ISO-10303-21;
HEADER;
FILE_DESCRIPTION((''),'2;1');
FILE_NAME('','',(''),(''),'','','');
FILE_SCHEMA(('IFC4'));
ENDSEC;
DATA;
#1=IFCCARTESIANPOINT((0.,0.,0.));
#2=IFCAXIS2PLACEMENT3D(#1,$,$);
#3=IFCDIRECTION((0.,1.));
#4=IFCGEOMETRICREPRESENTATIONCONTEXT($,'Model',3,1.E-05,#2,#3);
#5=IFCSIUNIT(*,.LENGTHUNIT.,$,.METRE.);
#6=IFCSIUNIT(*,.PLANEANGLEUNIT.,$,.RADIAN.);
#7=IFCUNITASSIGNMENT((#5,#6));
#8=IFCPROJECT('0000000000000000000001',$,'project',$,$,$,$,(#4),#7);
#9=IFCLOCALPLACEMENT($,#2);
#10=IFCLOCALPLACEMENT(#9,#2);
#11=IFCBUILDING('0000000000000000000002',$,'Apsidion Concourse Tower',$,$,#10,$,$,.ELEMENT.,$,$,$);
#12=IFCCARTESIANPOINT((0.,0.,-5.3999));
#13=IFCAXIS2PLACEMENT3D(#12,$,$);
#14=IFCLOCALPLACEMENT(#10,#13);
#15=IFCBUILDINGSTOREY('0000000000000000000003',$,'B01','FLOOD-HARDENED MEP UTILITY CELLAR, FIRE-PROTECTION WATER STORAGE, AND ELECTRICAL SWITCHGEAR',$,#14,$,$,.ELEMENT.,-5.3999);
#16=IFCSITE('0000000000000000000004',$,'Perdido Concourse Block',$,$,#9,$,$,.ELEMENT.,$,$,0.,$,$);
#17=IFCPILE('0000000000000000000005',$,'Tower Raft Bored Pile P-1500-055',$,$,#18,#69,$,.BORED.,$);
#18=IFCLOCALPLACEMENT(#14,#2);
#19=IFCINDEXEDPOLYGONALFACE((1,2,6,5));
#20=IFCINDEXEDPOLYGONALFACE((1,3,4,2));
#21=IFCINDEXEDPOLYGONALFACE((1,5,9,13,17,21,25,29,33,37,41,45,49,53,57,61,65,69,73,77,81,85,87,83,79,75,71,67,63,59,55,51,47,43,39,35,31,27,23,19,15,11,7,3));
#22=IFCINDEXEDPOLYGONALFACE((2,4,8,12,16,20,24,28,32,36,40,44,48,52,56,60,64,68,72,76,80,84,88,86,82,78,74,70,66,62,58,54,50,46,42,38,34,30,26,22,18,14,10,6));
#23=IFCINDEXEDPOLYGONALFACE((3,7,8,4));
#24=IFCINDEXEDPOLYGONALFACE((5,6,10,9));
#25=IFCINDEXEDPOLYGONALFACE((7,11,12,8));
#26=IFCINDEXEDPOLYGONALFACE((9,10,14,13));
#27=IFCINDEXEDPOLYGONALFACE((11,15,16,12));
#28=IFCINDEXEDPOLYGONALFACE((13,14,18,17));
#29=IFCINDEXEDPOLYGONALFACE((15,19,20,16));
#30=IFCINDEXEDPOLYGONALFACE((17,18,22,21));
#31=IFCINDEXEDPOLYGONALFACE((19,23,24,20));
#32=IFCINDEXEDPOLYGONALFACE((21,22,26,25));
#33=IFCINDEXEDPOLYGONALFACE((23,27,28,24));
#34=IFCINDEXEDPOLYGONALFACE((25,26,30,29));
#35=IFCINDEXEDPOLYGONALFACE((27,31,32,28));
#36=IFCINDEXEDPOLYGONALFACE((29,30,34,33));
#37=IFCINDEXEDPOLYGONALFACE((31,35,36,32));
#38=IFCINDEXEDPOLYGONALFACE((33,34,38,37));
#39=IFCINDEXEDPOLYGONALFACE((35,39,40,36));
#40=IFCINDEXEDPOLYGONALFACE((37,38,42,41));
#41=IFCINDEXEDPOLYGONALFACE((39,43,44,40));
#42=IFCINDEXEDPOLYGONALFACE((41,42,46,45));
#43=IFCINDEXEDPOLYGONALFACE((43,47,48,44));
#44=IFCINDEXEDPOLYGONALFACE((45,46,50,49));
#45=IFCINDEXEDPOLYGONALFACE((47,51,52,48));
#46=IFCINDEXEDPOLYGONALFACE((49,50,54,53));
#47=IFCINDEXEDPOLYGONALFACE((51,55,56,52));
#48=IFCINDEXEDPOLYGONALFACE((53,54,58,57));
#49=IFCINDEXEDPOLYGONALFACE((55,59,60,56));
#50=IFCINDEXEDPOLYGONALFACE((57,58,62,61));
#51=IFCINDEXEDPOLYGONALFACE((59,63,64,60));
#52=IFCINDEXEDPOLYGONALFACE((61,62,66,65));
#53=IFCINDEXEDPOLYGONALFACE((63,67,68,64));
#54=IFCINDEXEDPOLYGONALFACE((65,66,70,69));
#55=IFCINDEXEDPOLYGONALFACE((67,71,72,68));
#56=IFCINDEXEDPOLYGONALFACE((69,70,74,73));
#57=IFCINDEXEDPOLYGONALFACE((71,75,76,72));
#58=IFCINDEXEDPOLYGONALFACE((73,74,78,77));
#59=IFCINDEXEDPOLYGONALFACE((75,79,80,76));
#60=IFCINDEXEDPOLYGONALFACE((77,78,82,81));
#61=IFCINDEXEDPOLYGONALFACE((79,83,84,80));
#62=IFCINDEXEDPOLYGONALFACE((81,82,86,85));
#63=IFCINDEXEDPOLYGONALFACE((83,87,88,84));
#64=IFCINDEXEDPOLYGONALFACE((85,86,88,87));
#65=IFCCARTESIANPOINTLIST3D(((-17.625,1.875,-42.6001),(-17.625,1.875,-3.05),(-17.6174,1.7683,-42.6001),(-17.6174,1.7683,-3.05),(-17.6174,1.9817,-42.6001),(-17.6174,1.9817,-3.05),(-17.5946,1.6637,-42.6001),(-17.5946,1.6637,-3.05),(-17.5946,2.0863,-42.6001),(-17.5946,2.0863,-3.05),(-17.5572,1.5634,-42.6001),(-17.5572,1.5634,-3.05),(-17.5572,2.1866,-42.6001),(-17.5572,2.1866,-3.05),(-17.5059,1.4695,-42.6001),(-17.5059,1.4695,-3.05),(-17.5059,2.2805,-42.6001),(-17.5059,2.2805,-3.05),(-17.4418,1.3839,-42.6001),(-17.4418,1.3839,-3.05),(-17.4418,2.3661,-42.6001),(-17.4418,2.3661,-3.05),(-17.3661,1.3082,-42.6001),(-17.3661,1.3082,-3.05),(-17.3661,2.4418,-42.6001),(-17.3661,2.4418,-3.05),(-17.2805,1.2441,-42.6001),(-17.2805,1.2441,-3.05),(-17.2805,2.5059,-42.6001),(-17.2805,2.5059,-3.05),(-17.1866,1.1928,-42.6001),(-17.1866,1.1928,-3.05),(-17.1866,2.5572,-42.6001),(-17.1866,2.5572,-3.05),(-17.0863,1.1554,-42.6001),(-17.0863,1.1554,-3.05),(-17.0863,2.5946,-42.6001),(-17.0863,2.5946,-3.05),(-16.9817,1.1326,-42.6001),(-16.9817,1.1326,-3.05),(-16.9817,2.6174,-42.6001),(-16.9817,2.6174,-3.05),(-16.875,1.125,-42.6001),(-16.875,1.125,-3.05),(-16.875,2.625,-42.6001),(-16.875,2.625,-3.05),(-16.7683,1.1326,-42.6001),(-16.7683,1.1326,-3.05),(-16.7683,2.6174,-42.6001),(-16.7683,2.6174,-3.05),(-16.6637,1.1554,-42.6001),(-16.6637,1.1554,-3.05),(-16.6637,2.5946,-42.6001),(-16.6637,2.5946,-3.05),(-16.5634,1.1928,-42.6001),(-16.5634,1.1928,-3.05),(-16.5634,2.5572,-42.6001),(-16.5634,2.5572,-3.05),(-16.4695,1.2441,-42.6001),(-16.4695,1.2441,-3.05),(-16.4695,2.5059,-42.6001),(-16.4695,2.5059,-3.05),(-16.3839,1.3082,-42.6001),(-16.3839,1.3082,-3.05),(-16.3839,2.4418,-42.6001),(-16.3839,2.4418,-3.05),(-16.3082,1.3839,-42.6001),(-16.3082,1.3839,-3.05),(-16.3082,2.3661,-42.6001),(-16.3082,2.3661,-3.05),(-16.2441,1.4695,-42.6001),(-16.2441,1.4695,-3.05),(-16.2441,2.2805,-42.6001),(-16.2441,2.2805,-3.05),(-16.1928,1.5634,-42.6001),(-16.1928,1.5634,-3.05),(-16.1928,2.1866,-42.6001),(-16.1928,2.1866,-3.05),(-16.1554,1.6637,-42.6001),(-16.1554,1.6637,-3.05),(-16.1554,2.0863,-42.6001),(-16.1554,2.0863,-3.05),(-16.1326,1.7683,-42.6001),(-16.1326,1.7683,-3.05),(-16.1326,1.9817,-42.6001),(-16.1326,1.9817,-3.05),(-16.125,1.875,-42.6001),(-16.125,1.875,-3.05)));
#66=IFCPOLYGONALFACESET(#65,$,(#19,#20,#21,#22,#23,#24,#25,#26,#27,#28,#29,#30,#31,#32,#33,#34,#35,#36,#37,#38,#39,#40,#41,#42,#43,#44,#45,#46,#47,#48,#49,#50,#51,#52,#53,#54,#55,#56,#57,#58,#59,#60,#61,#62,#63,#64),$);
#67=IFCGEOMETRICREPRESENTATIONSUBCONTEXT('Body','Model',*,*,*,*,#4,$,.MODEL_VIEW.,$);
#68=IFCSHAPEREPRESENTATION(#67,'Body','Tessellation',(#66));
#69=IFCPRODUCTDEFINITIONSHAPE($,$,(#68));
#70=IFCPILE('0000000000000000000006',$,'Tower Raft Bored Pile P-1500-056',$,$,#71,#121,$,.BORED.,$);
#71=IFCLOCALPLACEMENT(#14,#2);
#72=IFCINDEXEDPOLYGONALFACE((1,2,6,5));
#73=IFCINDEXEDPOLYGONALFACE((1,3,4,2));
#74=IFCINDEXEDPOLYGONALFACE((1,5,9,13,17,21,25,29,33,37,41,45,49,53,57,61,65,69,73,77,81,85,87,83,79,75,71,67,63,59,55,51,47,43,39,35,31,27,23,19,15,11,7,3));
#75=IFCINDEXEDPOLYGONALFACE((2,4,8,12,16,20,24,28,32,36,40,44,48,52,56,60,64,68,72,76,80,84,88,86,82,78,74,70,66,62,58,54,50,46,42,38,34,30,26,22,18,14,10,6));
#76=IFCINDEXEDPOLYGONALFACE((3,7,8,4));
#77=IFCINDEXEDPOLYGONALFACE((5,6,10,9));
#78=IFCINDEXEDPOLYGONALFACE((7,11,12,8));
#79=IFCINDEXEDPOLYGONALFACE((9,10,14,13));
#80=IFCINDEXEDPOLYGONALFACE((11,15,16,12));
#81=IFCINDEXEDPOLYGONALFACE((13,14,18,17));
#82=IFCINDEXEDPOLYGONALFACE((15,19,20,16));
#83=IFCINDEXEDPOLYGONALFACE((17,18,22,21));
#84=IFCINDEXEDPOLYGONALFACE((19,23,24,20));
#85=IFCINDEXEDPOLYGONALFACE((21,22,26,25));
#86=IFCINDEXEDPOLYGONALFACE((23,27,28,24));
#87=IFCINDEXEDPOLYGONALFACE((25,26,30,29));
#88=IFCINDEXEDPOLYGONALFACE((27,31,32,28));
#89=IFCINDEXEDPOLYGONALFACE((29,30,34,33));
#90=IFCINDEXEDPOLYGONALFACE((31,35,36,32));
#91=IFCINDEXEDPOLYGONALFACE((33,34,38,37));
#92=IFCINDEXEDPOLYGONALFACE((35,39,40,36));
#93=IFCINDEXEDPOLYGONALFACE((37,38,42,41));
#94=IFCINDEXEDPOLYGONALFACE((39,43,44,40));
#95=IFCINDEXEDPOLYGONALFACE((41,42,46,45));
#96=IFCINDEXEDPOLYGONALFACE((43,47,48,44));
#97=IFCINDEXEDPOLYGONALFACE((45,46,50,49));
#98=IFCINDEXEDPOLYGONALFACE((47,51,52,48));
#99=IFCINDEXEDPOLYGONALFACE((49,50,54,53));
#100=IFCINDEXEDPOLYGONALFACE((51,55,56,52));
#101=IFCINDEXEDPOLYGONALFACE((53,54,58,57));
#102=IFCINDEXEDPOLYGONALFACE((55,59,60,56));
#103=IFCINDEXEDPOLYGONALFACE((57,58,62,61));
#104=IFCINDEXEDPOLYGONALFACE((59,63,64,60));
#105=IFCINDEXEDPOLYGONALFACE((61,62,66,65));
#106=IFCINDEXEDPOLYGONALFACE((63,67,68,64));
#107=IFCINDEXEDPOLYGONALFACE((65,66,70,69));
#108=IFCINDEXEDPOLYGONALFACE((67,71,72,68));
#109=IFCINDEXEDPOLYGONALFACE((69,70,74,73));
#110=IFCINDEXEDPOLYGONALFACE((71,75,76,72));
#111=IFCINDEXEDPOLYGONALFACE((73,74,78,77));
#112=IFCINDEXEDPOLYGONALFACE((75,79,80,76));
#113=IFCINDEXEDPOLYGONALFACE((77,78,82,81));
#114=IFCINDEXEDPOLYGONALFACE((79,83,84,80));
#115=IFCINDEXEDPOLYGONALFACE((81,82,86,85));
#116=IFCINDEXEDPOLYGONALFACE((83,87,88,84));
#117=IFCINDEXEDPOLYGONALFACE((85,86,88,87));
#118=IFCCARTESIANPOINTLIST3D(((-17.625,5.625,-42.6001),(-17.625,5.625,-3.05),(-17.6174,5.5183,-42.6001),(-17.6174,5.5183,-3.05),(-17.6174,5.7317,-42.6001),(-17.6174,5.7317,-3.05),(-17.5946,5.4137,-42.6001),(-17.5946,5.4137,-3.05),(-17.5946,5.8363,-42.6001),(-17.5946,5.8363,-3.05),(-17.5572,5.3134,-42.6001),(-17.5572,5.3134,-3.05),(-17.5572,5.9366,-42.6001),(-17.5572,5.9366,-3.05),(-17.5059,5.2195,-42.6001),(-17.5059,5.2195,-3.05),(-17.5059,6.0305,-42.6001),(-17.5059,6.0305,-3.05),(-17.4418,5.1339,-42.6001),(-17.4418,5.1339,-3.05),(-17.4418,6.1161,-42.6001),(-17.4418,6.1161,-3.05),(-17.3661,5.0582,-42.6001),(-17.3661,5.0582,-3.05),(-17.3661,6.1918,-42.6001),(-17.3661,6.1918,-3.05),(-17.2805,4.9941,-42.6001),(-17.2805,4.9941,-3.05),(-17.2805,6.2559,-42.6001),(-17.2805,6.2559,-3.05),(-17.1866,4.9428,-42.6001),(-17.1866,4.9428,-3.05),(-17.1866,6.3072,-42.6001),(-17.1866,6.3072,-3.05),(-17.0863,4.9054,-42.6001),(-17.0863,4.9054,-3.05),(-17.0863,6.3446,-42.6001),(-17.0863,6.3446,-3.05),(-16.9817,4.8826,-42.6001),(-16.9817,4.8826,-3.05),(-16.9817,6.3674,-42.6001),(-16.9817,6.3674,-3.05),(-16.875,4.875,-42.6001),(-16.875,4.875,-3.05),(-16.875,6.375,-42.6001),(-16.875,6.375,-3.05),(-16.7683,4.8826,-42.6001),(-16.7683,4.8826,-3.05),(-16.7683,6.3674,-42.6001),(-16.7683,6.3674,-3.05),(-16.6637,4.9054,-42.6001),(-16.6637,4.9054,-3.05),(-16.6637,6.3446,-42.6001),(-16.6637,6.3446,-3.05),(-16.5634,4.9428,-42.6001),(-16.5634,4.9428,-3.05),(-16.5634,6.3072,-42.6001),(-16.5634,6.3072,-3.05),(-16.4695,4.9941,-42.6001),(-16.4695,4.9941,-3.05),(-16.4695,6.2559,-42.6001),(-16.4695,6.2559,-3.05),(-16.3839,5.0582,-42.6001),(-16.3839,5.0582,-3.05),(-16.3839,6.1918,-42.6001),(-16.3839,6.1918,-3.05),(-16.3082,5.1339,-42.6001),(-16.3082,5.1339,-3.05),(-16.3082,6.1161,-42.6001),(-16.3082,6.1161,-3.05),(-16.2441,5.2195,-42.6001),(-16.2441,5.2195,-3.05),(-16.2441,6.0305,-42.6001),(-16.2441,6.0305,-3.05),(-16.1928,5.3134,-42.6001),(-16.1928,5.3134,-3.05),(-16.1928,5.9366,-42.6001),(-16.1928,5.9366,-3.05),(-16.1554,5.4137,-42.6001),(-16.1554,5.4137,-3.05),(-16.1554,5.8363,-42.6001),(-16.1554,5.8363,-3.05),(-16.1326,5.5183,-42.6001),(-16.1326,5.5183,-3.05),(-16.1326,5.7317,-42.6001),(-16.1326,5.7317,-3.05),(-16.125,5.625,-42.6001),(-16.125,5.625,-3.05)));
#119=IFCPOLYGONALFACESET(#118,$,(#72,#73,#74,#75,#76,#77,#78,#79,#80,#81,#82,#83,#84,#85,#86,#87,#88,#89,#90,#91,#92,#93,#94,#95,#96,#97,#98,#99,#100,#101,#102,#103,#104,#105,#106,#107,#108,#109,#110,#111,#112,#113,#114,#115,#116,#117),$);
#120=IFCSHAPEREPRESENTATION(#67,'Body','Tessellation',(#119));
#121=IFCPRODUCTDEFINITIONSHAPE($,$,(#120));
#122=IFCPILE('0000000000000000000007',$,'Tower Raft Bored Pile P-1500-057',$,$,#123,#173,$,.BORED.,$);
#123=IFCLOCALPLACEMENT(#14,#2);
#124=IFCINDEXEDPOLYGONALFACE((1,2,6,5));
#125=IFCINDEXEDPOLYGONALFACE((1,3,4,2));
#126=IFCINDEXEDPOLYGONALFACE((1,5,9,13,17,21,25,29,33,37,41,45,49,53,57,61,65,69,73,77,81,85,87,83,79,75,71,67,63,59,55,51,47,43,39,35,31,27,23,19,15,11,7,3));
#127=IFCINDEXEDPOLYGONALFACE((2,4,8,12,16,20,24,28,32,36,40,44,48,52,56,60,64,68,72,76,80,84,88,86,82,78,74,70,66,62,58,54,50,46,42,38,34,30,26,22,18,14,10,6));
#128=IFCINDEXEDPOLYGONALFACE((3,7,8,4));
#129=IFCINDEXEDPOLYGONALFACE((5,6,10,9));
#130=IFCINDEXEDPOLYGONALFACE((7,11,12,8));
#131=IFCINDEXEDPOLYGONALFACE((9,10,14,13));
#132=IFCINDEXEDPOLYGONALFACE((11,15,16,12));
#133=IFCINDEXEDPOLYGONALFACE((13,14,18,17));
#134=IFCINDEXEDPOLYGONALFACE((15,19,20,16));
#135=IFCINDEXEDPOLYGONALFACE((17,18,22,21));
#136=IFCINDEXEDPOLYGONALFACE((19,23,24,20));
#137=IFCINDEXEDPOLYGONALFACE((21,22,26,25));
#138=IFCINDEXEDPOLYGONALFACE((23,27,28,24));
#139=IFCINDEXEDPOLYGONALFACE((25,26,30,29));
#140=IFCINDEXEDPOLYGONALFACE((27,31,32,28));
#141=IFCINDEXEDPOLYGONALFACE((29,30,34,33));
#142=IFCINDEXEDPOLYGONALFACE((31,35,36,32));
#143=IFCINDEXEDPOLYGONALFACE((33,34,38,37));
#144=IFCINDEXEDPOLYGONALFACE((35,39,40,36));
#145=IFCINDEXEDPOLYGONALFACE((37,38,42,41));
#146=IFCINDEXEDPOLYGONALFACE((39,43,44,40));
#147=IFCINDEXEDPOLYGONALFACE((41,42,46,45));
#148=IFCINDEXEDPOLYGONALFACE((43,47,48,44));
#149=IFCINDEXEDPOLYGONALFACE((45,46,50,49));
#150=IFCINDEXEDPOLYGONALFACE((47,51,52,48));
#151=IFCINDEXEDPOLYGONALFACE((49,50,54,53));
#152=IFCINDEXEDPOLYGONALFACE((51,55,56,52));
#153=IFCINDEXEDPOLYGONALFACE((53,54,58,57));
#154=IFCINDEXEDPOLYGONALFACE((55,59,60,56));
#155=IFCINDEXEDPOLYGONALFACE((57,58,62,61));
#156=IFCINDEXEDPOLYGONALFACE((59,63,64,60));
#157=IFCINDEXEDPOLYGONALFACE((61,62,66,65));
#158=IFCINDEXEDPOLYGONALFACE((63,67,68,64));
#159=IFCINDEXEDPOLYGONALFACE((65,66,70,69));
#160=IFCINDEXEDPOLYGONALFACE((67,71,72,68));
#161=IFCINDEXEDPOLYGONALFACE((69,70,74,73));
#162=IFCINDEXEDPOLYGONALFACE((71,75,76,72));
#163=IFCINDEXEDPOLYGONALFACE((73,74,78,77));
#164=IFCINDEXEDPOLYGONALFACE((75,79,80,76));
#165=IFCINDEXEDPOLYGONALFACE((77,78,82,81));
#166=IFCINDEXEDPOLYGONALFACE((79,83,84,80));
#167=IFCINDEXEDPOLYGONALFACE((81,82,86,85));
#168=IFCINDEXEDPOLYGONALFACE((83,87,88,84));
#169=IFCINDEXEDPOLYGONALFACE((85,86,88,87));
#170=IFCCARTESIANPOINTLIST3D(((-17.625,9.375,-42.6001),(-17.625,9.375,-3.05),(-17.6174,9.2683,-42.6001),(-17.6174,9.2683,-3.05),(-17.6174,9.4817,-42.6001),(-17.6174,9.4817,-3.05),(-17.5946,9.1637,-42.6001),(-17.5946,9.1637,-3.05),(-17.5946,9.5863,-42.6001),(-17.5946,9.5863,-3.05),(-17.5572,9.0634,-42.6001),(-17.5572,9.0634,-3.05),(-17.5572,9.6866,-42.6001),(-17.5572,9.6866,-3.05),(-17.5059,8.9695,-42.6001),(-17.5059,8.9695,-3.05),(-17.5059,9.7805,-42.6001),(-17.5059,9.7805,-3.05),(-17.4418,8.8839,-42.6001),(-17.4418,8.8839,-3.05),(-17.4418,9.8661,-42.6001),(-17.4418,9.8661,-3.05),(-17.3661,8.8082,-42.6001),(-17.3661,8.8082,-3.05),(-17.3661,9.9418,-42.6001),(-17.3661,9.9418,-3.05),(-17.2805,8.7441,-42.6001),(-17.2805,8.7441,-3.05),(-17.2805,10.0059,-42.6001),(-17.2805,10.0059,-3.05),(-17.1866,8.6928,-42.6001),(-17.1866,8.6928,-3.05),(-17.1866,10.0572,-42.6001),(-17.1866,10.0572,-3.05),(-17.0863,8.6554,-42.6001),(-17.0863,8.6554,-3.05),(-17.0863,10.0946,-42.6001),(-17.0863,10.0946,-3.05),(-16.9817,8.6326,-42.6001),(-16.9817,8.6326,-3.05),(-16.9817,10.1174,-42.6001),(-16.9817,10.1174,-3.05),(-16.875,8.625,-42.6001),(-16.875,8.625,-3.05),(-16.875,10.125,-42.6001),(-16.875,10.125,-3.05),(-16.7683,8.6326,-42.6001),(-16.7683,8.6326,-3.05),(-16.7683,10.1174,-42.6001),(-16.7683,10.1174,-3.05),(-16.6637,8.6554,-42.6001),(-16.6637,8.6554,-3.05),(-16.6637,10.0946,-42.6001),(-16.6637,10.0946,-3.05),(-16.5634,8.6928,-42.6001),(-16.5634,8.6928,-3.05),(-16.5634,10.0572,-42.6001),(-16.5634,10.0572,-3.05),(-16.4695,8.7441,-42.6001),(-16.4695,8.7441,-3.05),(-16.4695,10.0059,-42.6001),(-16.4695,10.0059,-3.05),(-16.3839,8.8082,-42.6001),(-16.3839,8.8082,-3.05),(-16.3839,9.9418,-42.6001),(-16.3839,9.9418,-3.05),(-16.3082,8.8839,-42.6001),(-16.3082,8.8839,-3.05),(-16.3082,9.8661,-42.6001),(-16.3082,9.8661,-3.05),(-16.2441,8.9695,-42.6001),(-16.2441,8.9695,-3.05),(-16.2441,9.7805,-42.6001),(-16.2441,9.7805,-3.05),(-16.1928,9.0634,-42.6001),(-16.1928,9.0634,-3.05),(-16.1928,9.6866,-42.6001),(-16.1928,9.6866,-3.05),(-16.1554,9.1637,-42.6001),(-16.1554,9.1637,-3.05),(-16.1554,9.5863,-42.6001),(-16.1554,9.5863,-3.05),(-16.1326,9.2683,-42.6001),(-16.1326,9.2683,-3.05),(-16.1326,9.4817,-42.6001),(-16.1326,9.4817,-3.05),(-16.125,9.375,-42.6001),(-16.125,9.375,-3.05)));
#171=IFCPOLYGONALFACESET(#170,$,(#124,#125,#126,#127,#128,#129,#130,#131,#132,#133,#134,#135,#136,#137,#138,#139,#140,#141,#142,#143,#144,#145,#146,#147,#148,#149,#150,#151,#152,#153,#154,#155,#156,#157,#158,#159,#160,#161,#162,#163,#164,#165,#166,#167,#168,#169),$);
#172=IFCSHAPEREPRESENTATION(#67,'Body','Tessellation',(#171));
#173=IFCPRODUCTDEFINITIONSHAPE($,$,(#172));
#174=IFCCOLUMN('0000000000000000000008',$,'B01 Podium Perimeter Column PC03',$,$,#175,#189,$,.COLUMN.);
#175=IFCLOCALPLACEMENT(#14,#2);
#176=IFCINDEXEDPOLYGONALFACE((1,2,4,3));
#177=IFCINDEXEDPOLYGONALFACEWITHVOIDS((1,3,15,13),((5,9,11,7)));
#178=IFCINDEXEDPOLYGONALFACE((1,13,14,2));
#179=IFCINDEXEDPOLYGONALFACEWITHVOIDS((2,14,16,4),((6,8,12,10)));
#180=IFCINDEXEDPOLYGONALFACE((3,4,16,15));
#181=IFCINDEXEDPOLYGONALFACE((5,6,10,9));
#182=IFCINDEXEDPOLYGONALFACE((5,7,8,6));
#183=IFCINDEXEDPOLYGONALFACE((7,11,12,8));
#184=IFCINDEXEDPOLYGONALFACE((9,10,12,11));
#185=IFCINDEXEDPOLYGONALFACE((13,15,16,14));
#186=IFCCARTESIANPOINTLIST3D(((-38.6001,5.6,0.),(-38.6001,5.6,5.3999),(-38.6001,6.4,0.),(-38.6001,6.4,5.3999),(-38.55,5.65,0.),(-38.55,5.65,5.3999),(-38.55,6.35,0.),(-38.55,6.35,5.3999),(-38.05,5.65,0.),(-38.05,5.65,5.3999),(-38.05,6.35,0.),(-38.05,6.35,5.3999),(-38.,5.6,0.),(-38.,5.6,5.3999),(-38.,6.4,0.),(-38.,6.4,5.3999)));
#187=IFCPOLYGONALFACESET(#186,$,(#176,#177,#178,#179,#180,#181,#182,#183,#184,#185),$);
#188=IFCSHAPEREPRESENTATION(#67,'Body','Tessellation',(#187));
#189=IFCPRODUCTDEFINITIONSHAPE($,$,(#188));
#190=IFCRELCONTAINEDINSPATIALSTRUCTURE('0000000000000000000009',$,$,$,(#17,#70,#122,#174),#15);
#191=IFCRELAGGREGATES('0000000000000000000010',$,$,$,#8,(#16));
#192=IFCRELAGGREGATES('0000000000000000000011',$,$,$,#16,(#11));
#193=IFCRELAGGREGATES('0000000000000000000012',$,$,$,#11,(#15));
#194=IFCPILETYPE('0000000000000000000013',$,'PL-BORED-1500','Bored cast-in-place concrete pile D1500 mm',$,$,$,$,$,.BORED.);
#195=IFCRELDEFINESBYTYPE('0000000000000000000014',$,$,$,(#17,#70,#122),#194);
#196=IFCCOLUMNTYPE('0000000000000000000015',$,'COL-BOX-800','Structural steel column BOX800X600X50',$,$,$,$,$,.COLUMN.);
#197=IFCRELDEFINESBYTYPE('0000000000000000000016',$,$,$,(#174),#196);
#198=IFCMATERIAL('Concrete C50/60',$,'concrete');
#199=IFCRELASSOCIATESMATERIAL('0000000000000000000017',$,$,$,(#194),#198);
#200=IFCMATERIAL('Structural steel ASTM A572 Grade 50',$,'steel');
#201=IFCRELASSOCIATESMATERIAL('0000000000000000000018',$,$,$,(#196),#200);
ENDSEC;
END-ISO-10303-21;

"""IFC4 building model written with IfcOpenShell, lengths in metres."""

from ifc_helpers import new_model, si_unit, direction, frame, origin, origin_2d, place, context, subcontext, project, spatial, hollow_rectangle, circle, extrude, material, material_profile, profile_set, type_object, element, save


model = new_model("IFC4")

# Units and contexts
model_context = context("Model", 3, precision=1e-05, world=origin(), true_north=direction((0.0, 1.0)))
body_context = subcontext(model_context, "Body", "Model", "MODEL_VIEW")
ifc_project = project(units=[si_unit("LENGTHUNIT", "METRE"), si_unit("PLANEANGLEUNIT", "RADIAN")], contexts=[model_context])

# Site, building, storey
site_placement = place(None, origin())
site = spatial("IfcSite", under=ifc_project, at=site_placement, Name="Perdido Concourse Block", CompositionType="ELEMENT", RefElevation=0.0)
building_placement = place(site_placement, origin())
building = spatial("IfcBuilding", under=site, at=building_placement, Name="Apsidion Concourse Tower", CompositionType="ELEMENT")
storey_placement = place(building_placement, frame((0.0, 0.0, -5.3999)))
storey = spatial("IfcBuildingStorey", under=building, at=storey_placement, Name="B01", Description="FLOOD-HARDENED MEP UTILITY CELLAR, FIRE-PROTECTION WATER STORAGE, AND ELECTRICAL SWITCHGEAR", CompositionType="ELEMENT", Elevation=-5.3999)

# Shared definitions
ifc_material_1 = material(Name="Concrete C50/60", Category="concrete")

# Piles
ifc_material_profile_1 = material_profile(ifc_material_1, circle(Radius=0.75, at=origin_2d()), Name="BORED PILE D1500")
ifc_profile_set_1 = profile_set([ifc_material_profile_1], Name="Concrete C50/60")
pile_type_1 = type_object("IfcPileType", Name="PL-BORED-1500", Description="Bored cast-in-place concrete pile D1500 mm", PredefinedType="BORED", material=ifc_profile_set_1)
for number, where, z_axis, x_axis, name in (
    (1, (-16.875, 1.875, -3.05), (0.0, 0.0, -1.0), (1.0, 0.0, 0.0), "Tower Raft Bored Pile P-1500-055"),
    (2, (-16.875, 5.625, -3.05), (0.0, 0.0, -1.0), (1.0, 0.0, 0.0), "Tower Raft Bored Pile P-1500-056"),
    (3, (-16.875, 9.375, -3.05), (0.0, 0.0, -1.0), (1.0, 0.0, 0.0), "Tower Raft Bored Pile P-1500-057"),
):
    element("IfcPile", number, at=place(storey_placement, frame(where, z_axis=z_axis, x_axis=x_axis)), inside=storey, type_object=pile_type_1, Name=name, PredefinedType="BORED", context=body_context, shape_type="SweptSolid", body=[
        extrude(circle(Radius=0.75, at=origin_2d()), origin(), (0.0, 0.0, 1.0), 39.55),
    ])

# Column
ifc_material_2 = material(Name="Structural steel ASTM A572 Grade 50", Category="steel")
ifc_material_profile_2 = material_profile(ifc_material_2, hollow_rectangle(XDim=0.6001, YDim=0.8, WallThickness=0.05, at=origin_2d()), Name="BOX800X600X50")
ifc_profile_set_2 = profile_set([ifc_material_profile_2], Name="Structural steel ASTM A572 Grade 50")
column_type = type_object("IfcColumnType", Name="COL-BOX-800", Description="Structural steel column BOX800X600X50", PredefinedType="COLUMN", material=ifc_profile_set_2)
column_placement = place(storey_placement, frame((-38.3, 6.0, 0.0), z_axis=(0.0, 0.0, 1.0), x_axis=(1.0, 0.0, 0.0)))
element("IfcColumn", 4, at=column_placement, inside=storey, type_object=column_type, Name="B01 Podium Perimeter Column PC03", PredefinedType="COLUMN", context=body_context, shape_type="SweptSolid", body=[
    extrude(hollow_rectangle(XDim=0.6001, YDim=0.8, WallThickness=0.05, at=origin_2d()), origin(), (0.0, 0.0, 1.0), 5.3999),
])

save(model, "model.ifc")
